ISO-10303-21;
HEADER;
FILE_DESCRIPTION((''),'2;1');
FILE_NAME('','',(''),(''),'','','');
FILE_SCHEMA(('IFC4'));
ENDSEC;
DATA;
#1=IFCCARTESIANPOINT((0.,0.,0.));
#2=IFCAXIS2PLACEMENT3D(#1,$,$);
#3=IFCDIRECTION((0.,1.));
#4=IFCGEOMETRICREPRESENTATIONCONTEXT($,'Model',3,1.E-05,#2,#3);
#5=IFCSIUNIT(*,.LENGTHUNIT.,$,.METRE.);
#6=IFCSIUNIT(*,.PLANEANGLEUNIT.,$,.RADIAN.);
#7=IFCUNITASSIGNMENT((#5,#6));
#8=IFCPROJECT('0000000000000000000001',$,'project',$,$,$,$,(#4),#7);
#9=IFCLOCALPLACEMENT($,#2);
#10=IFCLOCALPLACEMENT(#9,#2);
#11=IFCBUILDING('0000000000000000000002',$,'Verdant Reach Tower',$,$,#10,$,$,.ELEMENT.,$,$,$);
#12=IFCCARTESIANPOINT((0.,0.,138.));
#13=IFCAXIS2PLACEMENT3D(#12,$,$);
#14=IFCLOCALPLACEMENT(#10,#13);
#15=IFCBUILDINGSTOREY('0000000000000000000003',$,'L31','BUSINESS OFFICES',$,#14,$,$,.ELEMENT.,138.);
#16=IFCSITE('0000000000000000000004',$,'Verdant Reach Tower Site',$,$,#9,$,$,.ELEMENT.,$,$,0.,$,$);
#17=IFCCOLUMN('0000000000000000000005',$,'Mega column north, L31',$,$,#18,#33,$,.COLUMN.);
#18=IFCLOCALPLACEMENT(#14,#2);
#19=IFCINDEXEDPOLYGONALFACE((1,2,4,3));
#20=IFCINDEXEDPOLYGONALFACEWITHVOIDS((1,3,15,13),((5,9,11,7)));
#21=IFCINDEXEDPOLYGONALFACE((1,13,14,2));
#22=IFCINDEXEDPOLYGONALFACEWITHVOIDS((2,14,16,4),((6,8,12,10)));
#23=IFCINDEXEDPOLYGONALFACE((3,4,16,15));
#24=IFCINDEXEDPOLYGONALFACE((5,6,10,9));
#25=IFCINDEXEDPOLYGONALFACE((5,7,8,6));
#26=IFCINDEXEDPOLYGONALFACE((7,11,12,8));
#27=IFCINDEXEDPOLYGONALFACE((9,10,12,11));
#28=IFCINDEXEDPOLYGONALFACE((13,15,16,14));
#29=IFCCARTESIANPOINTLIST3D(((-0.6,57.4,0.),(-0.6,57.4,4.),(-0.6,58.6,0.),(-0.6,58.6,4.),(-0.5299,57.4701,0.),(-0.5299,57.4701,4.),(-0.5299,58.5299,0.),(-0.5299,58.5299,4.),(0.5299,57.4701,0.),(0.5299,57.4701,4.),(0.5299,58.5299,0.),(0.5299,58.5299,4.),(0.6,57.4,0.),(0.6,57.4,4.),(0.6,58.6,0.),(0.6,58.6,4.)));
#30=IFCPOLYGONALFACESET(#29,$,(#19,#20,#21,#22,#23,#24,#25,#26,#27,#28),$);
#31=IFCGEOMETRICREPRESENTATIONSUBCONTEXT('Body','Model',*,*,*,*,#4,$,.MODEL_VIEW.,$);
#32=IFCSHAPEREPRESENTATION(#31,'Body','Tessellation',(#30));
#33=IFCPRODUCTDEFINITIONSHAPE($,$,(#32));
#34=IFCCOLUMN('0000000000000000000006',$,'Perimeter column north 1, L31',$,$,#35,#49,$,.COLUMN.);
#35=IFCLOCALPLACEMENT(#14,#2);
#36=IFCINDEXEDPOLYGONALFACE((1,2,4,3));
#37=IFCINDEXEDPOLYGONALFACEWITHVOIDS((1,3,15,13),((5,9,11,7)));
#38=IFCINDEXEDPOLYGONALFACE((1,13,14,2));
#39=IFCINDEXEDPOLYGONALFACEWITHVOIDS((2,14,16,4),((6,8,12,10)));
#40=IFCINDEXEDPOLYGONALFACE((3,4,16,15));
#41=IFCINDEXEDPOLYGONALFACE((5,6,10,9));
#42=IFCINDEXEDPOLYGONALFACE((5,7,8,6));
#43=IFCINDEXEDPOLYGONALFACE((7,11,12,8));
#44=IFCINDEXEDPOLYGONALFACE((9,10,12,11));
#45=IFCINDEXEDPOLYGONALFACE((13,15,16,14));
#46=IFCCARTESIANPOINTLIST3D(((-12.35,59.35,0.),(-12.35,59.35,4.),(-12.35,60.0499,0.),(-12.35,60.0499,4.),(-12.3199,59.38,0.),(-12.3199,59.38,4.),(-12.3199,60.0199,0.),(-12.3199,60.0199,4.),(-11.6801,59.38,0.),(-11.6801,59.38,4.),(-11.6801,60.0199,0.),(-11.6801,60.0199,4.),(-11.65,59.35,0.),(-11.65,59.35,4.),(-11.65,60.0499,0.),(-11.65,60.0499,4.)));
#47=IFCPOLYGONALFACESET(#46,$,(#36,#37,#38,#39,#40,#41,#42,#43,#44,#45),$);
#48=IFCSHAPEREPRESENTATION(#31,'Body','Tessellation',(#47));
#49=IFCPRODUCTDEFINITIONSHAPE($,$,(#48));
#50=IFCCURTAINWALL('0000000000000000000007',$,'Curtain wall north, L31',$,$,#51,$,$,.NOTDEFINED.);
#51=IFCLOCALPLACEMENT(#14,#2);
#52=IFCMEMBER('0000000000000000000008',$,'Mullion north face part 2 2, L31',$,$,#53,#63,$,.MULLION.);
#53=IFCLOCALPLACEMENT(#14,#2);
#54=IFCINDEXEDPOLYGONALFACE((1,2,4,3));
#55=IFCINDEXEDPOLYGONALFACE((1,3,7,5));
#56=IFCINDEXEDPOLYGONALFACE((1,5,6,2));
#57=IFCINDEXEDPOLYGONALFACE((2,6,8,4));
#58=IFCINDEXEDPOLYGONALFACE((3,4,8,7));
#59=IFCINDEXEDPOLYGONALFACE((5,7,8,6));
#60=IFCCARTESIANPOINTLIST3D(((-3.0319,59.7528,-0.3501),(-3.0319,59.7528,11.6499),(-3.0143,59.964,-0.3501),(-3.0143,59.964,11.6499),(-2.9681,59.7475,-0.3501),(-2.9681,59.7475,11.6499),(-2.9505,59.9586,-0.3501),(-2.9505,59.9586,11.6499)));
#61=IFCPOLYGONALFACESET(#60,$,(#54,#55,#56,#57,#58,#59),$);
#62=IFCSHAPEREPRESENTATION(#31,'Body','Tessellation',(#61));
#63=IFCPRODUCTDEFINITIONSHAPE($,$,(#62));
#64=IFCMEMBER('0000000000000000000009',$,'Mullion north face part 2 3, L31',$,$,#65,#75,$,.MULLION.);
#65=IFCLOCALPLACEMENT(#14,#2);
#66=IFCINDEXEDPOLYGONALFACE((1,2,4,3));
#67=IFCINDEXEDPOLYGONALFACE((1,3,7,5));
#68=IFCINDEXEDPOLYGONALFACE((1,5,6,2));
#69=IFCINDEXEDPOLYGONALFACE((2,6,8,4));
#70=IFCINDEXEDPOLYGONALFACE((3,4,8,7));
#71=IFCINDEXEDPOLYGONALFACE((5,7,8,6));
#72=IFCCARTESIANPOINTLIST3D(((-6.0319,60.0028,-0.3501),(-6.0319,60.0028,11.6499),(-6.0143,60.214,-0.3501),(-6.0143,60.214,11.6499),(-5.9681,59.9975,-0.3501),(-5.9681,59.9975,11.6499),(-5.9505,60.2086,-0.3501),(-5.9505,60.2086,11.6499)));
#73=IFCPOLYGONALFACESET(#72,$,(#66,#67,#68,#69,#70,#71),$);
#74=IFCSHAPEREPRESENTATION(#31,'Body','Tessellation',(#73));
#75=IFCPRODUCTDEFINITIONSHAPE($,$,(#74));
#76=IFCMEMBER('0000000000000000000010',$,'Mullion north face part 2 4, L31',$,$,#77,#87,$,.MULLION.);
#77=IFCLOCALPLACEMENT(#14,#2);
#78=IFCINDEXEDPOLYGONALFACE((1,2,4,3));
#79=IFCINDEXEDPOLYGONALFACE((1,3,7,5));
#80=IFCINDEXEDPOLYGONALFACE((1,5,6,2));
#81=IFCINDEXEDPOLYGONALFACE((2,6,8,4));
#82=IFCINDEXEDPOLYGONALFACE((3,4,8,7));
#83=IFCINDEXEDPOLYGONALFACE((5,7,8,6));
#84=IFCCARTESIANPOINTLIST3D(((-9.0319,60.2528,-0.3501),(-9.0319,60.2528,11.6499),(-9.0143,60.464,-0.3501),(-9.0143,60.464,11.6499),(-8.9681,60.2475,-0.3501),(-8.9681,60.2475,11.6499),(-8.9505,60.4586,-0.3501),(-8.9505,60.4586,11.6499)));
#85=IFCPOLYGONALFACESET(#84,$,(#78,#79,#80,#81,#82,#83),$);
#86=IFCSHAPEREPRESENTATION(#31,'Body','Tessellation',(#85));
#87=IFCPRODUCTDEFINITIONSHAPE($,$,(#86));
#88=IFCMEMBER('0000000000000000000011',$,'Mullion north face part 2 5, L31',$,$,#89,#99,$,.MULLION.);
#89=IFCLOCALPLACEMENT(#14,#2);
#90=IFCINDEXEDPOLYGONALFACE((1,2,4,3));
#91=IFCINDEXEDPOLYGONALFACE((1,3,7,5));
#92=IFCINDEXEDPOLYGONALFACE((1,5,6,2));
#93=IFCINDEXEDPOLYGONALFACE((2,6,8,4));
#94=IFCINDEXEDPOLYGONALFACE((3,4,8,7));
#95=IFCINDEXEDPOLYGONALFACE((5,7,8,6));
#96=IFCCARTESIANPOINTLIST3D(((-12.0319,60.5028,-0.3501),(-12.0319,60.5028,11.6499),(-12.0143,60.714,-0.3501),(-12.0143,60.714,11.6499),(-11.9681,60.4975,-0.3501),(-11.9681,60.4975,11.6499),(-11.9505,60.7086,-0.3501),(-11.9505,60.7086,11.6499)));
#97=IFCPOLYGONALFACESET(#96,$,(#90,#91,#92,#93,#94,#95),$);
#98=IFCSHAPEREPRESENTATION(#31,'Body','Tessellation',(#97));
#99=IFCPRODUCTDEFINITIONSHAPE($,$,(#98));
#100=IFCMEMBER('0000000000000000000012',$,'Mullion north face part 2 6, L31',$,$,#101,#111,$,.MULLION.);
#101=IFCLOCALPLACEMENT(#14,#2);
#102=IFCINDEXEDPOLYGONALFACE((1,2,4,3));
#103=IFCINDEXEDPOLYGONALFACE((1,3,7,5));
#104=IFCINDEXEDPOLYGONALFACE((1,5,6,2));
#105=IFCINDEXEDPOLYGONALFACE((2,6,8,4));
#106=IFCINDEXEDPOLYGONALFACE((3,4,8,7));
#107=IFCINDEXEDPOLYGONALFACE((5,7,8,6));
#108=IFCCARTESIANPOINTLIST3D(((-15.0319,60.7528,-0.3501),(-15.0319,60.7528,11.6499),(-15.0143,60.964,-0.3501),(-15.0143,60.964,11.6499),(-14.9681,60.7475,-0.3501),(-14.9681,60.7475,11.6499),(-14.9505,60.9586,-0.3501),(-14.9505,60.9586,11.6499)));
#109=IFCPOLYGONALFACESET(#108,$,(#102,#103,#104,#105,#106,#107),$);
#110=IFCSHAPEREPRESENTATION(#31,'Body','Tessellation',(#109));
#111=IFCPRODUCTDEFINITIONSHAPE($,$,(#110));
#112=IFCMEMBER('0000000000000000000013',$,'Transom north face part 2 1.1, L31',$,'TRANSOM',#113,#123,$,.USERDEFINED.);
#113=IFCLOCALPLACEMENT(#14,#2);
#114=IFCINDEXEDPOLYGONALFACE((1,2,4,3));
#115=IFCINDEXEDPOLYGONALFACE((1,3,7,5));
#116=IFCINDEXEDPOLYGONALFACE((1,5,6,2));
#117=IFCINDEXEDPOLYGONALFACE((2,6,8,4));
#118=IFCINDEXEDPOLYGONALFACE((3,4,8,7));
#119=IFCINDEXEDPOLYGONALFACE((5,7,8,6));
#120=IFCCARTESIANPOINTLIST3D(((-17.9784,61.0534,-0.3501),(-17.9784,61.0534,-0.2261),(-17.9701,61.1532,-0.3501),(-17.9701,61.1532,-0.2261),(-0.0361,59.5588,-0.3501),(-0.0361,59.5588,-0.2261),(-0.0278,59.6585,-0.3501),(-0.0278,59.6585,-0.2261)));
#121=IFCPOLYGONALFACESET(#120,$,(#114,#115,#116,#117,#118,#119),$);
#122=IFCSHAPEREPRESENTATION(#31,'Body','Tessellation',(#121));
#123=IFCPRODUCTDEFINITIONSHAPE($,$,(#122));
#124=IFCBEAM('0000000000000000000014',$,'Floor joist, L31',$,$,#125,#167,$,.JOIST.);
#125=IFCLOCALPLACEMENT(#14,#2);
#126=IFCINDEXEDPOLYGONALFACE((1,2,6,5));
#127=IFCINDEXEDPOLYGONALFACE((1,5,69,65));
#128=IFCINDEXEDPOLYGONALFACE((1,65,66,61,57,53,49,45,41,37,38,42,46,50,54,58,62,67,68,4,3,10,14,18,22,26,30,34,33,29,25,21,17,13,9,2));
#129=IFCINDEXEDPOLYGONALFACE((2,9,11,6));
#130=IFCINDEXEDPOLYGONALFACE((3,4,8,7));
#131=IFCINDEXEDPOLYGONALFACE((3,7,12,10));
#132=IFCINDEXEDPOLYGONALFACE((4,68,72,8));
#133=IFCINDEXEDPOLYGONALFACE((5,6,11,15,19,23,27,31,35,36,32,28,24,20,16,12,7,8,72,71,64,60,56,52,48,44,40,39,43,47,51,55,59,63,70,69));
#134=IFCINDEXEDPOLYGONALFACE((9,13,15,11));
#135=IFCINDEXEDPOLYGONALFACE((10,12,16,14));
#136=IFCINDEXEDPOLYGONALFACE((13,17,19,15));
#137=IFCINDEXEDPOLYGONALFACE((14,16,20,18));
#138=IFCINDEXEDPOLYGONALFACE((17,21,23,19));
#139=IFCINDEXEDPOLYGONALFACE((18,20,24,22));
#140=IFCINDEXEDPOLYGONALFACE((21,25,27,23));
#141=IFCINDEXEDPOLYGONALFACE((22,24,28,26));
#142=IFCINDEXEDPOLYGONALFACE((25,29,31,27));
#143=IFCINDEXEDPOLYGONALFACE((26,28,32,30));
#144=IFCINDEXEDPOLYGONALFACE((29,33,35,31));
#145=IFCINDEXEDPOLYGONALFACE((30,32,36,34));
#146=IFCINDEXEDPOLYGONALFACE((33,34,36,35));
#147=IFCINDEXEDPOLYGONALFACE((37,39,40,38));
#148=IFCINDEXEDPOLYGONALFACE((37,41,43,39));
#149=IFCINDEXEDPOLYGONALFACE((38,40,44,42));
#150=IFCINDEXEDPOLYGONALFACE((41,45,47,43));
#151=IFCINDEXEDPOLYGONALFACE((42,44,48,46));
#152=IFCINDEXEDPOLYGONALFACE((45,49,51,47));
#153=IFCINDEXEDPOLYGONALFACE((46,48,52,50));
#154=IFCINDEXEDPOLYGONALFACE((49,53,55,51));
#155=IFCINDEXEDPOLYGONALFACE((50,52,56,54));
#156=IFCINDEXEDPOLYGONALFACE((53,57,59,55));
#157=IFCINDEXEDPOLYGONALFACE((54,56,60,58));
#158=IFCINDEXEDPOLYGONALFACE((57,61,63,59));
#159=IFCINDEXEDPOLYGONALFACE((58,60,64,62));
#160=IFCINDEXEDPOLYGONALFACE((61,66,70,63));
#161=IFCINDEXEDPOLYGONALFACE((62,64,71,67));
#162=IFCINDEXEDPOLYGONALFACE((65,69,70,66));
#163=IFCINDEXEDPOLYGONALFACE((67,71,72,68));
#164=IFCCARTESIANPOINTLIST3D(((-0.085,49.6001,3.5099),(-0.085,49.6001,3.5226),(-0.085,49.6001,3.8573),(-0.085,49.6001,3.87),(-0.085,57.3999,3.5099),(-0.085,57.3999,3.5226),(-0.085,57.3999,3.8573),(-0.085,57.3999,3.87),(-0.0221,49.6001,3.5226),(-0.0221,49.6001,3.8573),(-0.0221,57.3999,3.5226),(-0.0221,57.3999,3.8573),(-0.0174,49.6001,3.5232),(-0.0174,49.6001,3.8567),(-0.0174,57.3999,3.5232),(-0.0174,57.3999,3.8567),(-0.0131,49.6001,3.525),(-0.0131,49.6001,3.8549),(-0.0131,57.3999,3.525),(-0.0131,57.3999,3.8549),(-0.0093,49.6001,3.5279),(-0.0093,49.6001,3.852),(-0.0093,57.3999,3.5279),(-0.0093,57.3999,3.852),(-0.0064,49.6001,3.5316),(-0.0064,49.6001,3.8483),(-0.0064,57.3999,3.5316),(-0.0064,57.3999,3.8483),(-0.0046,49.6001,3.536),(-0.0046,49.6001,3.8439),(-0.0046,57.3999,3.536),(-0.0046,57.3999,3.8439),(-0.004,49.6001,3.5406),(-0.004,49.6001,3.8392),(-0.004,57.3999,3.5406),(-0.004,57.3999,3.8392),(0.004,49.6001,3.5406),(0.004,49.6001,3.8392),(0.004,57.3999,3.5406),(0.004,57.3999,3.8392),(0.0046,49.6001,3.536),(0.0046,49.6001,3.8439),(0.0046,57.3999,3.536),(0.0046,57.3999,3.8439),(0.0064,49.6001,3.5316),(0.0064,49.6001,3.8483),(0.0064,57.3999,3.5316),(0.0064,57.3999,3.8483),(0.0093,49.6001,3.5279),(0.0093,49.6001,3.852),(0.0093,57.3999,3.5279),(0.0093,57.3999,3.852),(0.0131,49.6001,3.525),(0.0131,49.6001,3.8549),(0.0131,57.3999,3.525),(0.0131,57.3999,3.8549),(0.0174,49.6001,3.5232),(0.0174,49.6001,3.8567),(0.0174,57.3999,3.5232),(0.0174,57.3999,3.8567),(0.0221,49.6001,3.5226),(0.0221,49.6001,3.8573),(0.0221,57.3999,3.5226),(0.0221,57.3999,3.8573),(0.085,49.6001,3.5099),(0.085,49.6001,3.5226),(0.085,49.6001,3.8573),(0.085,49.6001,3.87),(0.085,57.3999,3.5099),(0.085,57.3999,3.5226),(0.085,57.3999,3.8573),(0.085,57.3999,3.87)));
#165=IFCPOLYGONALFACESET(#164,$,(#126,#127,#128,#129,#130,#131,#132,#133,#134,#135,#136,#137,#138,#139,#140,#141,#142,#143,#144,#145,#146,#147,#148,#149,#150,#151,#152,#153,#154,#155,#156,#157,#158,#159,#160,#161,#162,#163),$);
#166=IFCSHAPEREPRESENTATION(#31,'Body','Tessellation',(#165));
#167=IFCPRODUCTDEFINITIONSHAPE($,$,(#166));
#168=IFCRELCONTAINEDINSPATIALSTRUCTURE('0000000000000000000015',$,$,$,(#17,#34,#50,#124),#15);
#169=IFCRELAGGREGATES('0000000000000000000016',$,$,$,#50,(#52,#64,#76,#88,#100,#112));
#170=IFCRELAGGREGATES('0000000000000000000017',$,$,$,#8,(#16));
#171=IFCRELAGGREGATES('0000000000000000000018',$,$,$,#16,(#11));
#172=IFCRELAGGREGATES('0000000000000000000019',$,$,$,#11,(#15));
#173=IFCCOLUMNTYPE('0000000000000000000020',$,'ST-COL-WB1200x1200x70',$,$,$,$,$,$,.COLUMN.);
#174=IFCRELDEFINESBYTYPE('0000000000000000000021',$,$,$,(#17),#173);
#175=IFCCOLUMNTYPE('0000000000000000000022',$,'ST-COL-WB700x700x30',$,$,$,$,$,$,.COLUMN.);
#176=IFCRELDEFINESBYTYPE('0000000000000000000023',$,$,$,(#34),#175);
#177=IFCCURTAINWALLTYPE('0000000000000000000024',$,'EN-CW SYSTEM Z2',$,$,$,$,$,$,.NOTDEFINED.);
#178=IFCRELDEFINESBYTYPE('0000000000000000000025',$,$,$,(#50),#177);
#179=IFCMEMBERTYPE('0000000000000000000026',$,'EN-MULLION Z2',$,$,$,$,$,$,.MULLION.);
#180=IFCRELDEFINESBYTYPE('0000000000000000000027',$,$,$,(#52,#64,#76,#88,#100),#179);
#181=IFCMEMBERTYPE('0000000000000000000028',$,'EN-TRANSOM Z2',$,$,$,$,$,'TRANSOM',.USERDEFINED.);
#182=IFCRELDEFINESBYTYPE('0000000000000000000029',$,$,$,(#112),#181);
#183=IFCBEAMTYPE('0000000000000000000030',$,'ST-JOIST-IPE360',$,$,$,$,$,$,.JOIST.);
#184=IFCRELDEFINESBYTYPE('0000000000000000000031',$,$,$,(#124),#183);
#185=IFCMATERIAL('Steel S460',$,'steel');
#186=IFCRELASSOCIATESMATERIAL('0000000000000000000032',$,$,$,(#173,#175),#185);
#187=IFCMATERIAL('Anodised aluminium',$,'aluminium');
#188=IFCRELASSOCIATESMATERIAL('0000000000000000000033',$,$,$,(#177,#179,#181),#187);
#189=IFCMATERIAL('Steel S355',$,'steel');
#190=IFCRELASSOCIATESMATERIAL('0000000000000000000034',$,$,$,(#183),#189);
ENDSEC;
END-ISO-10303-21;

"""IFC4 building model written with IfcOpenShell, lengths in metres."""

from ifc_helpers import new_model, si_unit, direction, frame, origin, origin_2d, place, context, subcontext, project, spatial, rectangle, hollow_rectangle, i_section, extrude, material, material_profile, profile_set, type_object, element, aggregate, save


model = new_model("IFC4")

# Units and contexts
model_context = context("Model", 3, precision=1e-05, world=origin(), true_north=direction((0.0, 1.0)))
body_context = subcontext(model_context, "Body", "Model", "MODEL_VIEW")
ifc_project = project(units=[si_unit("LENGTHUNIT", "METRE"), si_unit("PLANEANGLEUNIT", "RADIAN")], contexts=[model_context])

# Site, building, storey
site_placement = place(None, origin())
site = spatial("IfcSite", under=ifc_project, at=site_placement, Name="Verdant Reach Tower Site", CompositionType="ELEMENT", RefElevation=0.0)
building_placement = place(site_placement, origin())
building = spatial("IfcBuilding", under=site, at=building_placement, Name="Verdant Reach Tower", CompositionType="ELEMENT")
storey_placement = place(building_placement, frame((0.0, 0.0, 138.0)))
storey = spatial("IfcBuildingStorey", under=building, at=storey_placement, Name="L31", Description="BUSINESS OFFICES", CompositionType="ELEMENT", Elevation=138.0)

# Columns
ifc_material_1 = material(Name="Steel S460", Category="steel")
ifc_material_profile_1 = material_profile(ifc_material_1, hollow_rectangle(XDim=1.2, YDim=1.2, WallThickness=0.0701, at=origin_2d()), Name="WB 1200x1200x70")
ifc_profile_set_1 = profile_set([ifc_material_profile_1], Name="Steel S460")
column_type_1 = type_object("IfcColumnType", Name="ST-COL-WB1200x1200x70", PredefinedType="COLUMN", material=ifc_profile_set_1)
column_1_placement = place(storey_placement, frame((0.0, 58.0, 0.0), z_axis=(0.0, 0.0, 1.0), x_axis=(1.0, 0.0, 0.0)))
element("IfcColumn", 1, at=column_1_placement, inside=storey, type_object=column_type_1, Name="Mega column north, L31", PredefinedType="COLUMN", context=body_context, shape_type="SweptSolid", body=[
    extrude(hollow_rectangle(XDim=1.2, YDim=1.2, WallThickness=0.0701, at=origin_2d()), origin(), (0.0, 0.0, 1.0), 4.0),
])
ifc_material_profile_2 = material_profile(ifc_material_1, hollow_rectangle(XDim=0.7, YDim=0.7, WallThickness=0.03, at=origin_2d()), Name="WB 700x700x30")
ifc_profile_set_2 = profile_set([ifc_material_profile_2], Name="Steel S460")
column_type_2 = type_object("IfcColumnType", Name="ST-COL-WB700x700x30", PredefinedType="COLUMN", material=ifc_profile_set_2)
column_2_placement = place(storey_placement, frame((-12.0, 59.7, 0.0), z_axis=(0.0, 0.0, 1.0), x_axis=(1.0, 0.0, 0.0)))
element("IfcColumn", 2, at=column_2_placement, inside=storey, type_object=column_type_2, Name="Perimeter column north 1, L31", PredefinedType="COLUMN", context=body_context, shape_type="SweptSolid", body=[
    extrude(hollow_rectangle(XDim=0.7, YDim=0.7, WallThickness=0.03, at=origin_2d()), origin(), (0.0, 0.0, 1.0), 4.0),
])

# Curtain wall, members
ifc_material_2 = material(Name="Anodised aluminium", Category="aluminium")
curtain_wall_type = type_object("IfcCurtainWallType", Name="EN-CW SYSTEM Z2", PredefinedType="NOTDEFINED", material=ifc_material_2)
curtain_wall_placement = place(storey_placement, origin())
curtain_wall = element("IfcCurtainWall", 3, at=curtain_wall_placement, inside=storey, type_object=curtain_wall_type, Name="Curtain wall north, L31", PredefinedType="NOTDEFINED")
ifc_material_profile_3 = material_profile(ifc_material_2, rectangle(XDim=0.2119, YDim=0.064, at=origin_2d()), Name="Mullion 64x212")
ifc_profile_set_3 = profile_set([ifc_material_profile_3], Name="Anodised aluminium")
member_type_1 = type_object("IfcMemberType", Name="EN-MULLION Z2", PredefinedType="MULLION", material=ifc_profile_set_3)
member_1_placement = place(storey_placement, frame((-2.9912, 59.8557, -0.3501), z_axis=(0.0, 0.0, 1.0), x_axis=(0.083045, 0.996546, 0.0)))
member_1 = element("IfcMember", 4, at=member_1_placement, type_object=member_type_1, Name="Mullion north face part 2 2, L31", PredefinedType="MULLION", context=body_context, shape_type="SweptSolid", body=[
    extrude(rectangle(XDim=0.2119, YDim=0.064, at=origin_2d()), origin(), (0.0, 0.0, 1.0), 12.0),
])
member_2_placement = place(storey_placement, frame((-5.9912, 60.1057, -0.3501), z_axis=(0.0, 0.0, 1.0), x_axis=(0.083045, 0.996546, 0.0)))
member_2 = element("IfcMember", 5, at=member_2_placement, type_object=member_type_1, Name="Mullion north face part 2 3, L31", PredefinedType="MULLION", context=body_context, shape_type="SweptSolid", body=[
    extrude(rectangle(XDim=0.2119, YDim=0.064, at=origin_2d()), origin(), (0.0, 0.0, 1.0), 12.0),
])
member_3_placement = place(storey_placement, frame((-8.9912, 60.3557, -0.3501), z_axis=(0.0, 0.0, 1.0), x_axis=(0.083045, 0.996546, 0.0)))
member_3 = element("IfcMember", 6, at=member_3_placement, type_object=member_type_1, Name="Mullion north face part 2 4, L31", PredefinedType="MULLION", context=body_context, shape_type="SweptSolid", body=[
    extrude(rectangle(XDim=0.2119, YDim=0.064, at=origin_2d()), origin(), (0.0, 0.0, 1.0), 12.0),
])
member_4_placement = place(storey_placement, frame((-11.9912, 60.6057, -0.3501), z_axis=(0.0, 0.0, 1.0), x_axis=(0.083045, 0.996546, 0.0)))
member_4 = element("IfcMember", 7, at=member_4_placement, type_object=member_type_1, Name="Mullion north face part 2 5, L31", PredefinedType="MULLION", context=body_context, shape_type="SweptSolid", body=[
    extrude(rectangle(XDim=0.2119, YDim=0.064, at=origin_2d()), origin(), (0.0, 0.0, 1.0), 12.0),
])
member_5_placement = place(storey_placement, frame((-14.9912, 60.8557, -0.3501), z_axis=(0.0, 0.0, 1.0), x_axis=(0.083045, 0.996546, 0.0)))
member_5 = element("IfcMember", 8, at=member_5_placement, type_object=member_type_1, Name="Mullion north face part 2 6, L31", PredefinedType="MULLION", context=body_context, shape_type="SweptSolid", body=[
    extrude(rectangle(XDim=0.2119, YDim=0.064, at=origin_2d()), origin(), (0.0, 0.0, 1.0), 12.0),
])
ifc_material_profile_4 = material_profile(ifc_material_2, rectangle(XDim=0.1001, YDim=0.124, at=origin_2d()), Name="Transom 124x100")
ifc_profile_set_4 = profile_set([ifc_material_profile_4], Name="Anodised aluminium")
member_type_2 = type_object("IfcMemberType", Name="EN-TRANSOM Z2", ElementType="TRANSOM", PredefinedType="USERDEFINED", material=ifc_profile_set_4)
member_6_placement = place(storey_placement, frame((-0.032, 59.6086, -0.2881), z_axis=(-0.996548, 0.083015, 0.0), x_axis=(-0.083015, -0.996548, 0.0)))
member_6 = element("IfcMember", 9, at=member_6_placement, type_object=member_type_2, Name="Transom north face part 2 1.1, L31", ObjectType="TRANSOM", PredefinedType="USERDEFINED", context=body_context, shape_type="SweptSolid", body=[
    extrude(rectangle(XDim=0.1001, YDim=0.124, at=origin_2d()), origin(), (0.0, 0.0, 1.0), 18.0044),
])

# Beam
ifc_material_3 = material(Name="Steel S355", Category="steel")
ifc_material_profile_5 = material_profile(ifc_material_3, i_section(OverallWidth=0.1699, OverallDepth=0.3601, WebThickness=0.0081, FlangeThickness=0.0127, FilletRadius=0.0181, at=origin_2d()), Name="IPE 360")
ifc_profile_set_5 = profile_set([ifc_material_profile_5], Name="Steel S355")
beam_type_1 = type_object("IfcBeamType", Name="ST-JOIST-IPE360", PredefinedType="JOIST", material=ifc_profile_set_5)
beam_1_placement = place(storey_placement, frame((0.0, 49.6001, 3.6899), z_axis=(0.0, 1.0, 0.0), x_axis=(-1.0, 0.0, 0.0)))
element("IfcBeam", 10, at=beam_1_placement, inside=storey, type_object=beam_type_1, Name="Floor joist, L31", PredefinedType="JOIST", context=body_context, shape_type="SweptSolid", body=[
    extrude(i_section(OverallWidth=0.1699, OverallDepth=0.3601, WebThickness=0.0081, FlangeThickness=0.0127, FilletRadius=0.0181, at=origin_2d()), origin(), (0.0, 0.0, 1.0), 7.7998),
])

aggregate(curtain_wall, [member_1, member_2, member_3, member_4, member_5, member_6])

save(model, "model.ifc")
